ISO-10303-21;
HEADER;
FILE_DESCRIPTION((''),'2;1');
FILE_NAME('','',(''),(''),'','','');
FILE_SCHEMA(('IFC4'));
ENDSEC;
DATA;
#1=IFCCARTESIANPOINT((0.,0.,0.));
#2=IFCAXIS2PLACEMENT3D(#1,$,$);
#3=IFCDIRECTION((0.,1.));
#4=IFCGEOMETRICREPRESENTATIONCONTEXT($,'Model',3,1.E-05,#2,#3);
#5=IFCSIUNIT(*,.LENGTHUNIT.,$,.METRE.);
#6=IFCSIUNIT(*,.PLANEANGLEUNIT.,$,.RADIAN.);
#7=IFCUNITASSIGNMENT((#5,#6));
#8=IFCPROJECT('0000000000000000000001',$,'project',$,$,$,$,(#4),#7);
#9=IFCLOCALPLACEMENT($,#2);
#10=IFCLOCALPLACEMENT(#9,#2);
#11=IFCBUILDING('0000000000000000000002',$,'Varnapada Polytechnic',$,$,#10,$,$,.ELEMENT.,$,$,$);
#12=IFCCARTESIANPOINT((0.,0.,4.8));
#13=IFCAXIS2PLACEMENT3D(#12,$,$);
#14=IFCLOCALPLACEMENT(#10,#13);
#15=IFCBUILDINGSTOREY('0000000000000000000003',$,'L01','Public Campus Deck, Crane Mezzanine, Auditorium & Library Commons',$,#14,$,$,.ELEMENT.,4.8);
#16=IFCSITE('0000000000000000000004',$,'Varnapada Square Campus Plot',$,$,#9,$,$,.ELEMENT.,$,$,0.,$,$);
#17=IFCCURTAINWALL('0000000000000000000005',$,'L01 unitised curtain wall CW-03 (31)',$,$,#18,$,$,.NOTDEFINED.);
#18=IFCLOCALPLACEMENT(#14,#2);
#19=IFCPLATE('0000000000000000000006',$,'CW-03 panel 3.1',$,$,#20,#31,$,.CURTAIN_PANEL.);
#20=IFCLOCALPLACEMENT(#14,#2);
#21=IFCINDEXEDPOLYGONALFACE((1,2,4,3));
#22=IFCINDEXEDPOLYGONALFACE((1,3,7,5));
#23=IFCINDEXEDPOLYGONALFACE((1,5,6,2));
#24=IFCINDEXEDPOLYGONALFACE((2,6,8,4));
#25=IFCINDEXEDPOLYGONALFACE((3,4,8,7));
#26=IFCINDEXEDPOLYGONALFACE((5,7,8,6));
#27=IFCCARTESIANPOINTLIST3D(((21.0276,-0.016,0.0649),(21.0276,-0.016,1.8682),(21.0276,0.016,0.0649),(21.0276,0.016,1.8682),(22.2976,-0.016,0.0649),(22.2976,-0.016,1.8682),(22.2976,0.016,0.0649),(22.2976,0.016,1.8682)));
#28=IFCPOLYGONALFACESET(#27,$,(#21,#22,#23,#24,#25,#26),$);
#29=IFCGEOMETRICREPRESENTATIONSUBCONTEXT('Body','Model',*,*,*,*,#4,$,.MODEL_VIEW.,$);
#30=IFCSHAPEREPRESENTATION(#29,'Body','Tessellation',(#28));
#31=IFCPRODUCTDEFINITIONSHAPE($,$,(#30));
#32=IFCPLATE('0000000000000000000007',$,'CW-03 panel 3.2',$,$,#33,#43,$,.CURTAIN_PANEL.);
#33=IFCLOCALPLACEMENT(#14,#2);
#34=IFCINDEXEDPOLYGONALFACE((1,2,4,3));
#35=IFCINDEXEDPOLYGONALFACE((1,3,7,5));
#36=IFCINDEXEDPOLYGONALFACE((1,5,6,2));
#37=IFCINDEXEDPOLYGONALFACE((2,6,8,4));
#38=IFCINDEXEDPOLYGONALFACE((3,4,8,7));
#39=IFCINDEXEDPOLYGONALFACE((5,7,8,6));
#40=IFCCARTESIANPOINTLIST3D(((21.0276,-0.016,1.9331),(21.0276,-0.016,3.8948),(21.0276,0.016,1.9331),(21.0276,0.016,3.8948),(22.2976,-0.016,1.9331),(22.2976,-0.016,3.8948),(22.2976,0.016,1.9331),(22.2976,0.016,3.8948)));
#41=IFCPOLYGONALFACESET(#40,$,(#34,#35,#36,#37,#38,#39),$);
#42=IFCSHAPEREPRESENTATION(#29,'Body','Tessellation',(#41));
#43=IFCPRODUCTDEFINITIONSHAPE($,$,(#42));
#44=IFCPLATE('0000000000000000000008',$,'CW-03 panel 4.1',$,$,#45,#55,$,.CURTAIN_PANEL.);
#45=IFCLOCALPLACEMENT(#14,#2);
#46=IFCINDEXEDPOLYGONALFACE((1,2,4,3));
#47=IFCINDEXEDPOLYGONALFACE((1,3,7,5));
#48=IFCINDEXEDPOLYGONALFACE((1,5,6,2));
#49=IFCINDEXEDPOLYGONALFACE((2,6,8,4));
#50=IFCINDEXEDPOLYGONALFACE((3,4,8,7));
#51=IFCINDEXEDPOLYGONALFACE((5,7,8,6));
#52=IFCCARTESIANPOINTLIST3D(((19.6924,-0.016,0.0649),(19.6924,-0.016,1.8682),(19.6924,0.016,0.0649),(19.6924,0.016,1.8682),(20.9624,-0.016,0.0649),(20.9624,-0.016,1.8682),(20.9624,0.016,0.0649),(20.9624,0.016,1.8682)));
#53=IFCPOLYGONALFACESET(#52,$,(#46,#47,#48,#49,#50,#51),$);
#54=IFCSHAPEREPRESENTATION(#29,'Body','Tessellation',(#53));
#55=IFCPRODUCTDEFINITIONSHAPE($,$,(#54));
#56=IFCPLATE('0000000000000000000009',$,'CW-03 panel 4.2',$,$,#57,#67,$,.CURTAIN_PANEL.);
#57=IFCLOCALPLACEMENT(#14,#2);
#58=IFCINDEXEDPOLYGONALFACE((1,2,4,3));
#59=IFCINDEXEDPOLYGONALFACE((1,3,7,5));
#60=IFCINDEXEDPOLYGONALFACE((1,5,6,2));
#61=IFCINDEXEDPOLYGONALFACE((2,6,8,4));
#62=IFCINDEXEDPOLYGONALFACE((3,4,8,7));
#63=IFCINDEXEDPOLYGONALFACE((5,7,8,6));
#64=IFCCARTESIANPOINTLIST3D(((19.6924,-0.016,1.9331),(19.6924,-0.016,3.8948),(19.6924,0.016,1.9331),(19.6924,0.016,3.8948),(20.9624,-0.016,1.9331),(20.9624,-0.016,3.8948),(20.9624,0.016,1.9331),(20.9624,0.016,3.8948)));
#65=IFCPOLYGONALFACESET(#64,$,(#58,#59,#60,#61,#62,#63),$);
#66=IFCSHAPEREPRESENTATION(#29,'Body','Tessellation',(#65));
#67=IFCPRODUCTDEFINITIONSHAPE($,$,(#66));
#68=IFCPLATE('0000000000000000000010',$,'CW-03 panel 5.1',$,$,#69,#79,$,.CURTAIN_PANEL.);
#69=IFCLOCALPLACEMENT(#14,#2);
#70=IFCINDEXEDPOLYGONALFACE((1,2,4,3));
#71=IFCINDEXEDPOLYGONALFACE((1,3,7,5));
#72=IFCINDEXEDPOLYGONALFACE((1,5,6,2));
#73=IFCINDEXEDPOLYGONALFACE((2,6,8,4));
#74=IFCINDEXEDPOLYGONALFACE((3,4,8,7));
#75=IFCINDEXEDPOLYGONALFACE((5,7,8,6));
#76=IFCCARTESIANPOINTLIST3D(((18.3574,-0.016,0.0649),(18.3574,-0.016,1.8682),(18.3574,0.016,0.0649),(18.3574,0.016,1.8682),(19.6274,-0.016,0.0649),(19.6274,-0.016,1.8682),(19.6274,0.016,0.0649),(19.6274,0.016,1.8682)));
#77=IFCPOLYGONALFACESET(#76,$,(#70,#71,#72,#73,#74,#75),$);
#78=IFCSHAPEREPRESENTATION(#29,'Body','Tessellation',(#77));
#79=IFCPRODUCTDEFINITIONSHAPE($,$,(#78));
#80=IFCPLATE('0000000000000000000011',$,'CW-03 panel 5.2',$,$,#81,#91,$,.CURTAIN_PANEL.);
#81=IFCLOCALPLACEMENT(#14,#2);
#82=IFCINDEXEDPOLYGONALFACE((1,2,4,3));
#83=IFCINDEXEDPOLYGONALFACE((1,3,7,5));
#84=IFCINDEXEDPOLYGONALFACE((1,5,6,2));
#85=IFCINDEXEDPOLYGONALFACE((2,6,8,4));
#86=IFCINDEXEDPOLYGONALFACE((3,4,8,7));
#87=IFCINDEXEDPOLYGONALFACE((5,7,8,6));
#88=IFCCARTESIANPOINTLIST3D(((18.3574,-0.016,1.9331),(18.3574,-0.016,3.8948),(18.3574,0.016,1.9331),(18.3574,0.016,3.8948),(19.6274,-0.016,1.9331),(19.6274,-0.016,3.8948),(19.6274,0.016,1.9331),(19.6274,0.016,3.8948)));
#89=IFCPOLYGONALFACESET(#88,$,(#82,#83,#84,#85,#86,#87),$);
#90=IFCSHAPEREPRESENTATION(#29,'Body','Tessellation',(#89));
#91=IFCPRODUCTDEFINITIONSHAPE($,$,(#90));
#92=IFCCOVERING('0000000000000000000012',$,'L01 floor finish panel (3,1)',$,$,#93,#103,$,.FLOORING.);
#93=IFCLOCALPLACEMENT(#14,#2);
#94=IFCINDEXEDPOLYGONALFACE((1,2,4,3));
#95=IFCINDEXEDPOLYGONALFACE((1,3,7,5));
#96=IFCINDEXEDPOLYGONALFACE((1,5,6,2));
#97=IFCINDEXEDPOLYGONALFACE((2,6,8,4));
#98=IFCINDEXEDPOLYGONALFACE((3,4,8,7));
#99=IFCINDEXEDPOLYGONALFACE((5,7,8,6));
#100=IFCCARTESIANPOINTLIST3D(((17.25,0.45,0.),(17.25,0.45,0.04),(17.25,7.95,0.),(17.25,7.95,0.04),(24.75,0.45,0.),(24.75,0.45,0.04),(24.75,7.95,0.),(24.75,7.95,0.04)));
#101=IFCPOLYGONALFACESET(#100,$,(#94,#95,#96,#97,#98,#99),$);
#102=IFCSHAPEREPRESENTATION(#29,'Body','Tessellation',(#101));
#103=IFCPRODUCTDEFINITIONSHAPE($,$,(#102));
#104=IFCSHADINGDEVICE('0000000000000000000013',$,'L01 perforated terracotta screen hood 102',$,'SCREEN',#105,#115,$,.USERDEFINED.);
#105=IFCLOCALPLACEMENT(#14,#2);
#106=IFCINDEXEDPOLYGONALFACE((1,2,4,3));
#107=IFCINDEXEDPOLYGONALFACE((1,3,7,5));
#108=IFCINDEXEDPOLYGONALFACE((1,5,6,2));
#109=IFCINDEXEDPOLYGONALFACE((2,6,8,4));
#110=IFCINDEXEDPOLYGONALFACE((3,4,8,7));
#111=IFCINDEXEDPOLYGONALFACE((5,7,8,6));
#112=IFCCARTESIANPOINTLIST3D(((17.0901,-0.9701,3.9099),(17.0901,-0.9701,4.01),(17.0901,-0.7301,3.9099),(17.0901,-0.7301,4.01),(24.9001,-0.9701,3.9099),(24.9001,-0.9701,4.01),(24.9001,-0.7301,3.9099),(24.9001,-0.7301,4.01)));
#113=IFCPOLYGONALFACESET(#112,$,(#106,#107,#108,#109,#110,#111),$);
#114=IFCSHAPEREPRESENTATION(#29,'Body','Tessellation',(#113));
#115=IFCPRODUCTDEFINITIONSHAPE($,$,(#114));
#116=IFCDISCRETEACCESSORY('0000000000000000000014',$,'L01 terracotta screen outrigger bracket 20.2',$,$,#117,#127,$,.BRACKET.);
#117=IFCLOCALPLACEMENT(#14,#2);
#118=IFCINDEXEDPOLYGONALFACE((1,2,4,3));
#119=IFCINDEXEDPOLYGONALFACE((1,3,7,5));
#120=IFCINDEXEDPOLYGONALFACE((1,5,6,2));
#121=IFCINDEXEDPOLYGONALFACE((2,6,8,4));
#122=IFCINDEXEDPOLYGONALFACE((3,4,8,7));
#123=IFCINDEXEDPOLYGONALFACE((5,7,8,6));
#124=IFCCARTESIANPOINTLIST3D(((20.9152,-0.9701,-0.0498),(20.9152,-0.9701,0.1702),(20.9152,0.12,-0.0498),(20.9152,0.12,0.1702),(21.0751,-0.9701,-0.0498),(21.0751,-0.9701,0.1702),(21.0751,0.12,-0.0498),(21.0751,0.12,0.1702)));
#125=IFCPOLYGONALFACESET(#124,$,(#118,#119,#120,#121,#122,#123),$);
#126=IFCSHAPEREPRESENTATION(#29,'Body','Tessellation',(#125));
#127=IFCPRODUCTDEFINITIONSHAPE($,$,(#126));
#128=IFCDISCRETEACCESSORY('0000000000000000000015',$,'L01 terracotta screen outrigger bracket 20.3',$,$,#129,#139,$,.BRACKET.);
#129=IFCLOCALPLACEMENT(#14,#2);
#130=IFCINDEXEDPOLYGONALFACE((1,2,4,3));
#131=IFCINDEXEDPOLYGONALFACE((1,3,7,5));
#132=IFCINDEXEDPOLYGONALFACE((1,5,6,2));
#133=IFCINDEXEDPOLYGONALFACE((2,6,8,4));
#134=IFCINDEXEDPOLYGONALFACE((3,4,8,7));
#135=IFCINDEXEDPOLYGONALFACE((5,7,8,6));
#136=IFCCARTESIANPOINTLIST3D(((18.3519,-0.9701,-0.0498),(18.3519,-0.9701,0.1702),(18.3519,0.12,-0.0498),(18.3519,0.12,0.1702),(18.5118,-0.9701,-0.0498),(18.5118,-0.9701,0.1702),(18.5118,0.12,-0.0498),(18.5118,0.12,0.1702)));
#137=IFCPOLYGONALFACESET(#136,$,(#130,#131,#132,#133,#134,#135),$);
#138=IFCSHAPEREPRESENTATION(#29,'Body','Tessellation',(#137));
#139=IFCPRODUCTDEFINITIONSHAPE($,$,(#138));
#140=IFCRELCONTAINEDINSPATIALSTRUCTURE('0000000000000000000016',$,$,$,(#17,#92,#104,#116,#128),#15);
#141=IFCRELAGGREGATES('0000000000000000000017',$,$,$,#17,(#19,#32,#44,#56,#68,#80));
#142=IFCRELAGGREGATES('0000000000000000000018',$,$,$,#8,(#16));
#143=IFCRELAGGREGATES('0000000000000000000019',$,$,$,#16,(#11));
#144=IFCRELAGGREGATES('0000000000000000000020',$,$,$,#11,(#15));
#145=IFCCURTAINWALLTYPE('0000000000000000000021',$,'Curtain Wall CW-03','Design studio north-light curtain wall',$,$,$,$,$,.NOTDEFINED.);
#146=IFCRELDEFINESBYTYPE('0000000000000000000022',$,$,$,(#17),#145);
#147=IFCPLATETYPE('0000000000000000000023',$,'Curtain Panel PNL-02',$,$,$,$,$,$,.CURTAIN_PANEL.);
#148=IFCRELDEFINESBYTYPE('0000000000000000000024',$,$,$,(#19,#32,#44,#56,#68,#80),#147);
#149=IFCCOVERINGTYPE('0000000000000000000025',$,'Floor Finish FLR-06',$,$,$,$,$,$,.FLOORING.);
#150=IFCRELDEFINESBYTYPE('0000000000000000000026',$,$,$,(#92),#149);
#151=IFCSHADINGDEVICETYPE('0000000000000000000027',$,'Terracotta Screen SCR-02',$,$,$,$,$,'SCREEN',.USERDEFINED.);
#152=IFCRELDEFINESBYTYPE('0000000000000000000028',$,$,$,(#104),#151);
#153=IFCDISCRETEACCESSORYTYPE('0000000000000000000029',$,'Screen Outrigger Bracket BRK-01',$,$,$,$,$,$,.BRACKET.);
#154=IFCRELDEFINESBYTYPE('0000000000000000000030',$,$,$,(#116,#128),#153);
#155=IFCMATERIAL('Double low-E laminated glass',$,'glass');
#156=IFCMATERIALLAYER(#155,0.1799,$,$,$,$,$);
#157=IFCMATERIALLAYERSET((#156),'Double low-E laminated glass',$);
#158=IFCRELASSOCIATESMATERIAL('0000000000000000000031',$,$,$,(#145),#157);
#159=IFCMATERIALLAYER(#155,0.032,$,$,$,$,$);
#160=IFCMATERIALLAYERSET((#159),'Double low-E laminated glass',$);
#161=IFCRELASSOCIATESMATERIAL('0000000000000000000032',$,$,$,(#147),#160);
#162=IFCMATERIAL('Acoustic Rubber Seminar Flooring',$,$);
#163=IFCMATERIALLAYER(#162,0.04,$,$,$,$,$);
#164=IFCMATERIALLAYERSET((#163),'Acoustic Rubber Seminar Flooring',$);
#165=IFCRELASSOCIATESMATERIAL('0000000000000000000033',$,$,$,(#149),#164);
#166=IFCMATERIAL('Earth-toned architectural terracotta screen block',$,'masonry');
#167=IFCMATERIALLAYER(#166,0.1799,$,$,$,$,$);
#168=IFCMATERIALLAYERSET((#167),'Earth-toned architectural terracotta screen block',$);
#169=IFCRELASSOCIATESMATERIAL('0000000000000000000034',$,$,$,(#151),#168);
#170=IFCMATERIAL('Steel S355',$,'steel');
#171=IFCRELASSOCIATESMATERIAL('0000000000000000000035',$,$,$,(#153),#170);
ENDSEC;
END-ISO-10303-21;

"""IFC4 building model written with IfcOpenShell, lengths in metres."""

from ifc_helpers import new_model, si_unit, direction, frame, origin, origin_2d, place, context, subcontext, project, spatial, rectangle, extrude, material, layer, layer_set, type_object, element, aggregate, save


model = new_model("IFC4")

# Units and contexts
model_context = context("Model", 3, precision=1e-05, world=origin(), true_north=direction((0.0, 1.0)))
body_context = subcontext(model_context, "Body", "Model", "MODEL_VIEW")
ifc_project = project(units=[si_unit("LENGTHUNIT", "METRE"), si_unit("PLANEANGLEUNIT", "RADIAN")], contexts=[model_context])

# Site, building, storey
site_placement = place(None, origin())
site = spatial("IfcSite", under=ifc_project, at=site_placement, Name="Varnapada Square Campus Plot", CompositionType="ELEMENT", RefElevation=0.0)
building_placement = place(site_placement, origin())
building = spatial("IfcBuilding", under=site, at=building_placement, Name="Varnapada Polytechnic", CompositionType="ELEMENT")
storey_placement = place(building_placement, frame((0.0, 0.0, 4.8)))
storey = spatial("IfcBuildingStorey", under=building, at=storey_placement, Name="L01", Description="Public Campus Deck, Crane Mezzanine, Auditorium & Library Commons", CompositionType="ELEMENT", Elevation=4.8)

# Curtain wall
ifc_material_1 = material(Name="Double low-E laminated glass", Category="glass")
ifc_layer_1 = layer(ifc_material_1, 0.1799)
ifc_layer_set_1 = layer_set([ifc_layer_1], Name="Double low-E laminated glass")
curtain_wall_type = type_object("IfcCurtainWallType", Name="Curtain Wall CW-03", Description="Design studio north-light curtain wall", PredefinedType="NOTDEFINED", material=ifc_layer_set_1)
curtain_wall_placement = place(storey_placement, origin())
curtain_wall = element("IfcCurtainWall", 1, at=curtain_wall_placement, inside=storey, type_object=curtain_wall_type, Name="L01 unitised curtain wall CW-03 (31)", PredefinedType="NOTDEFINED")

# Plates
ifc_layer_2 = layer(ifc_material_1, 0.032)
ifc_layer_set_2 = layer_set([ifc_layer_2], Name="Double low-E laminated glass")
plate_type = type_object("IfcPlateType", Name="Curtain Panel PNL-02", PredefinedType="CURTAIN_PANEL", material=ifc_layer_set_2)
plate_1_placement = place(storey_placement, frame((21.6626, 0.0, 0.0649), z_axis=(0.0, 0.0, 1.0), x_axis=(-1.0, 0.0, 0.0)))
plate_1 = element("IfcPlate", 2, at=plate_1_placement, type_object=plate_type, Name="CW-03 panel 3.1", PredefinedType="CURTAIN_PANEL", context=body_context, shape_type="SweptSolid", body=[
    extrude(rectangle(XDim=1.27, YDim=0.032, at=origin_2d()), origin(), (0.0, 0.0, 1.0), 1.8032),
])
plate_2_placement = place(storey_placement, frame((21.6626, 0.0, 1.9331), z_axis=(0.0, 0.0, 1.0), x_axis=(-1.0, 0.0, 0.0)))
plate_2 = element("IfcPlate", 3, at=plate_2_placement, type_object=plate_type, Name="CW-03 panel 3.2", PredefinedType="CURTAIN_PANEL", context=body_context, shape_type="SweptSolid", body=[
    extrude(rectangle(XDim=1.27, YDim=0.032, at=origin_2d()), origin(), (0.0, 0.0, 1.0), 1.9617),
])
plate_3_placement = place(storey_placement, frame((20.3274, 0.0, 0.0649), z_axis=(0.0, 0.0, 1.0), x_axis=(-1.0, 0.0, 0.0)))
plate_3 = element("IfcPlate", 4, at=plate_3_placement, type_object=plate_type, Name="CW-03 panel 4.1", PredefinedType="CURTAIN_PANEL", context=body_context, shape_type="SweptSolid", body=[
    extrude(rectangle(XDim=1.27, YDim=0.032, at=origin_2d()), origin(), (0.0, 0.0, 1.0), 1.8032),
])
plate_4_placement = place(storey_placement, frame((20.3274, 0.0, 1.9331), z_axis=(0.0, 0.0, 1.0), x_axis=(-1.0, 0.0, 0.0)))
plate_4 = element("IfcPlate", 5, at=plate_4_placement, type_object=plate_type, Name="CW-03 panel 4.2", PredefinedType="CURTAIN_PANEL", context=body_context, shape_type="SweptSolid", body=[
    extrude(rectangle(XDim=1.27, YDim=0.032, at=origin_2d()), origin(), (0.0, 0.0, 1.0), 1.9617),
])
plate_5_placement = place(storey_placement, frame((18.9924, 0.0, 0.0649), z_axis=(0.0, 0.0, 1.0), x_axis=(-1.0, 0.0, 0.0)))
plate_5 = element("IfcPlate", 6, at=plate_5_placement, type_object=plate_type, Name="CW-03 panel 5.1", PredefinedType="CURTAIN_PANEL", context=body_context, shape_type="SweptSolid", body=[
    extrude(rectangle(XDim=1.27, YDim=0.032, at=origin_2d()), origin(), (0.0, 0.0, 1.0), 1.8032),
])
plate_6_placement = place(storey_placement, frame((18.9924, 0.0, 1.9331), z_axis=(0.0, 0.0, 1.0), x_axis=(-1.0, 0.0, 0.0)))
plate_6 = element("IfcPlate", 7, at=plate_6_placement, type_object=plate_type, Name="CW-03 panel 5.2", PredefinedType="CURTAIN_PANEL", context=body_context, shape_type="SweptSolid", body=[
    extrude(rectangle(XDim=1.27, YDim=0.032, at=origin_2d()), origin(), (0.0, 0.0, 1.0), 1.9617),
])
aggregate(curtain_wall, [plate_1, plate_2, plate_3, plate_4, plate_5, plate_6])

# Covering
ifc_material_2 = material(Name="Acoustic Rubber Seminar Flooring")
ifc_layer_3 = layer(ifc_material_2, 0.04)
ifc_layer_set_3 = layer_set([ifc_layer_3], Name="Acoustic Rubber Seminar Flooring")
covering_type = type_object("IfcCoveringType", Name="Floor Finish FLR-06", PredefinedType="FLOORING", material=ifc_layer_set_3)
covering_placement = place(storey_placement, frame((21.0, 4.2, 0.0), z_axis=(0.0, 0.0, 1.0), x_axis=(1.0, 0.0, 0.0)))
element("IfcCovering", 8, at=covering_placement, inside=storey, type_object=covering_type, Name="L01 floor finish panel (3,1)", PredefinedType="FLOORING", context=body_context, shape_type="SweptSolid", body=[
    extrude(rectangle(XDim=7.5, YDim=7.5, at=origin_2d()), origin(), (0.0, 0.0, 1.0), 0.04),
])

# Shading device
ifc_material_3 = material(Name="Earth-toned architectural terracotta screen block", Category="masonry")
ifc_layer_4 = layer(ifc_material_3, 0.1799)
ifc_layer_set_4 = layer_set([ifc_layer_4], Name="Earth-toned architectural terracotta screen block")
shading_device_type = type_object("IfcShadingDeviceType", Name="Terracotta Screen SCR-02", ElementType="SCREEN", PredefinedType="USERDEFINED", material=ifc_layer_set_4)
shading_device_placement = place(storey_placement, frame((20.9951, -0.8501, 3.9099), z_axis=(0.0, 0.0, 1.0), x_axis=(-1.0, 0.0, 0.0)))
element("IfcShadingDevice", 9, at=shading_device_placement, inside=storey, type_object=shading_device_type, Name="L01 perforated terracotta screen hood 102", ObjectType="SCREEN", PredefinedType="USERDEFINED", context=body_context, shape_type="SweptSolid", body=[
    extrude(rectangle(XDim=7.8101, YDim=0.24, at=origin_2d()), origin(), (0.0, 0.0, 1.0), 0.1001),
])

# Discrete accessories
ifc_material_4 = material(Name="Steel S355", Category="steel")
discrete_accessory_type = type_object("IfcDiscreteAccessoryType", Name="Screen Outrigger Bracket BRK-01", PredefinedType="BRACKET", material=ifc_material_4)
for number, where, z_axis, x_axis, name in (
    (10, (20.9951, -0.425, -0.0498), (0.0, 0.0, 1.0), (-1.0, 0.0, 0.0), "L01 terracotta screen outrigger bracket 20.2"),
    (11, (18.4319, -0.425, -0.0498), (0.0, 0.0, 1.0), (-1.0, 0.0, 0.0), "L01 terracotta screen outrigger bracket 20.3"),
):
    element("IfcDiscreteAccessory", number, at=place(storey_placement, frame(where, z_axis=z_axis, x_axis=x_axis)), inside=storey, type_object=discrete_accessory_type, Name=name, PredefinedType="BRACKET", context=body_context, shape_type="SweptSolid", body=[
        extrude(rectangle(XDim=0.1599, YDim=1.0901, at=origin_2d()), origin(), (0.0, 0.0, 1.0), 0.22),
    ])

save(model, "model.ifc")
